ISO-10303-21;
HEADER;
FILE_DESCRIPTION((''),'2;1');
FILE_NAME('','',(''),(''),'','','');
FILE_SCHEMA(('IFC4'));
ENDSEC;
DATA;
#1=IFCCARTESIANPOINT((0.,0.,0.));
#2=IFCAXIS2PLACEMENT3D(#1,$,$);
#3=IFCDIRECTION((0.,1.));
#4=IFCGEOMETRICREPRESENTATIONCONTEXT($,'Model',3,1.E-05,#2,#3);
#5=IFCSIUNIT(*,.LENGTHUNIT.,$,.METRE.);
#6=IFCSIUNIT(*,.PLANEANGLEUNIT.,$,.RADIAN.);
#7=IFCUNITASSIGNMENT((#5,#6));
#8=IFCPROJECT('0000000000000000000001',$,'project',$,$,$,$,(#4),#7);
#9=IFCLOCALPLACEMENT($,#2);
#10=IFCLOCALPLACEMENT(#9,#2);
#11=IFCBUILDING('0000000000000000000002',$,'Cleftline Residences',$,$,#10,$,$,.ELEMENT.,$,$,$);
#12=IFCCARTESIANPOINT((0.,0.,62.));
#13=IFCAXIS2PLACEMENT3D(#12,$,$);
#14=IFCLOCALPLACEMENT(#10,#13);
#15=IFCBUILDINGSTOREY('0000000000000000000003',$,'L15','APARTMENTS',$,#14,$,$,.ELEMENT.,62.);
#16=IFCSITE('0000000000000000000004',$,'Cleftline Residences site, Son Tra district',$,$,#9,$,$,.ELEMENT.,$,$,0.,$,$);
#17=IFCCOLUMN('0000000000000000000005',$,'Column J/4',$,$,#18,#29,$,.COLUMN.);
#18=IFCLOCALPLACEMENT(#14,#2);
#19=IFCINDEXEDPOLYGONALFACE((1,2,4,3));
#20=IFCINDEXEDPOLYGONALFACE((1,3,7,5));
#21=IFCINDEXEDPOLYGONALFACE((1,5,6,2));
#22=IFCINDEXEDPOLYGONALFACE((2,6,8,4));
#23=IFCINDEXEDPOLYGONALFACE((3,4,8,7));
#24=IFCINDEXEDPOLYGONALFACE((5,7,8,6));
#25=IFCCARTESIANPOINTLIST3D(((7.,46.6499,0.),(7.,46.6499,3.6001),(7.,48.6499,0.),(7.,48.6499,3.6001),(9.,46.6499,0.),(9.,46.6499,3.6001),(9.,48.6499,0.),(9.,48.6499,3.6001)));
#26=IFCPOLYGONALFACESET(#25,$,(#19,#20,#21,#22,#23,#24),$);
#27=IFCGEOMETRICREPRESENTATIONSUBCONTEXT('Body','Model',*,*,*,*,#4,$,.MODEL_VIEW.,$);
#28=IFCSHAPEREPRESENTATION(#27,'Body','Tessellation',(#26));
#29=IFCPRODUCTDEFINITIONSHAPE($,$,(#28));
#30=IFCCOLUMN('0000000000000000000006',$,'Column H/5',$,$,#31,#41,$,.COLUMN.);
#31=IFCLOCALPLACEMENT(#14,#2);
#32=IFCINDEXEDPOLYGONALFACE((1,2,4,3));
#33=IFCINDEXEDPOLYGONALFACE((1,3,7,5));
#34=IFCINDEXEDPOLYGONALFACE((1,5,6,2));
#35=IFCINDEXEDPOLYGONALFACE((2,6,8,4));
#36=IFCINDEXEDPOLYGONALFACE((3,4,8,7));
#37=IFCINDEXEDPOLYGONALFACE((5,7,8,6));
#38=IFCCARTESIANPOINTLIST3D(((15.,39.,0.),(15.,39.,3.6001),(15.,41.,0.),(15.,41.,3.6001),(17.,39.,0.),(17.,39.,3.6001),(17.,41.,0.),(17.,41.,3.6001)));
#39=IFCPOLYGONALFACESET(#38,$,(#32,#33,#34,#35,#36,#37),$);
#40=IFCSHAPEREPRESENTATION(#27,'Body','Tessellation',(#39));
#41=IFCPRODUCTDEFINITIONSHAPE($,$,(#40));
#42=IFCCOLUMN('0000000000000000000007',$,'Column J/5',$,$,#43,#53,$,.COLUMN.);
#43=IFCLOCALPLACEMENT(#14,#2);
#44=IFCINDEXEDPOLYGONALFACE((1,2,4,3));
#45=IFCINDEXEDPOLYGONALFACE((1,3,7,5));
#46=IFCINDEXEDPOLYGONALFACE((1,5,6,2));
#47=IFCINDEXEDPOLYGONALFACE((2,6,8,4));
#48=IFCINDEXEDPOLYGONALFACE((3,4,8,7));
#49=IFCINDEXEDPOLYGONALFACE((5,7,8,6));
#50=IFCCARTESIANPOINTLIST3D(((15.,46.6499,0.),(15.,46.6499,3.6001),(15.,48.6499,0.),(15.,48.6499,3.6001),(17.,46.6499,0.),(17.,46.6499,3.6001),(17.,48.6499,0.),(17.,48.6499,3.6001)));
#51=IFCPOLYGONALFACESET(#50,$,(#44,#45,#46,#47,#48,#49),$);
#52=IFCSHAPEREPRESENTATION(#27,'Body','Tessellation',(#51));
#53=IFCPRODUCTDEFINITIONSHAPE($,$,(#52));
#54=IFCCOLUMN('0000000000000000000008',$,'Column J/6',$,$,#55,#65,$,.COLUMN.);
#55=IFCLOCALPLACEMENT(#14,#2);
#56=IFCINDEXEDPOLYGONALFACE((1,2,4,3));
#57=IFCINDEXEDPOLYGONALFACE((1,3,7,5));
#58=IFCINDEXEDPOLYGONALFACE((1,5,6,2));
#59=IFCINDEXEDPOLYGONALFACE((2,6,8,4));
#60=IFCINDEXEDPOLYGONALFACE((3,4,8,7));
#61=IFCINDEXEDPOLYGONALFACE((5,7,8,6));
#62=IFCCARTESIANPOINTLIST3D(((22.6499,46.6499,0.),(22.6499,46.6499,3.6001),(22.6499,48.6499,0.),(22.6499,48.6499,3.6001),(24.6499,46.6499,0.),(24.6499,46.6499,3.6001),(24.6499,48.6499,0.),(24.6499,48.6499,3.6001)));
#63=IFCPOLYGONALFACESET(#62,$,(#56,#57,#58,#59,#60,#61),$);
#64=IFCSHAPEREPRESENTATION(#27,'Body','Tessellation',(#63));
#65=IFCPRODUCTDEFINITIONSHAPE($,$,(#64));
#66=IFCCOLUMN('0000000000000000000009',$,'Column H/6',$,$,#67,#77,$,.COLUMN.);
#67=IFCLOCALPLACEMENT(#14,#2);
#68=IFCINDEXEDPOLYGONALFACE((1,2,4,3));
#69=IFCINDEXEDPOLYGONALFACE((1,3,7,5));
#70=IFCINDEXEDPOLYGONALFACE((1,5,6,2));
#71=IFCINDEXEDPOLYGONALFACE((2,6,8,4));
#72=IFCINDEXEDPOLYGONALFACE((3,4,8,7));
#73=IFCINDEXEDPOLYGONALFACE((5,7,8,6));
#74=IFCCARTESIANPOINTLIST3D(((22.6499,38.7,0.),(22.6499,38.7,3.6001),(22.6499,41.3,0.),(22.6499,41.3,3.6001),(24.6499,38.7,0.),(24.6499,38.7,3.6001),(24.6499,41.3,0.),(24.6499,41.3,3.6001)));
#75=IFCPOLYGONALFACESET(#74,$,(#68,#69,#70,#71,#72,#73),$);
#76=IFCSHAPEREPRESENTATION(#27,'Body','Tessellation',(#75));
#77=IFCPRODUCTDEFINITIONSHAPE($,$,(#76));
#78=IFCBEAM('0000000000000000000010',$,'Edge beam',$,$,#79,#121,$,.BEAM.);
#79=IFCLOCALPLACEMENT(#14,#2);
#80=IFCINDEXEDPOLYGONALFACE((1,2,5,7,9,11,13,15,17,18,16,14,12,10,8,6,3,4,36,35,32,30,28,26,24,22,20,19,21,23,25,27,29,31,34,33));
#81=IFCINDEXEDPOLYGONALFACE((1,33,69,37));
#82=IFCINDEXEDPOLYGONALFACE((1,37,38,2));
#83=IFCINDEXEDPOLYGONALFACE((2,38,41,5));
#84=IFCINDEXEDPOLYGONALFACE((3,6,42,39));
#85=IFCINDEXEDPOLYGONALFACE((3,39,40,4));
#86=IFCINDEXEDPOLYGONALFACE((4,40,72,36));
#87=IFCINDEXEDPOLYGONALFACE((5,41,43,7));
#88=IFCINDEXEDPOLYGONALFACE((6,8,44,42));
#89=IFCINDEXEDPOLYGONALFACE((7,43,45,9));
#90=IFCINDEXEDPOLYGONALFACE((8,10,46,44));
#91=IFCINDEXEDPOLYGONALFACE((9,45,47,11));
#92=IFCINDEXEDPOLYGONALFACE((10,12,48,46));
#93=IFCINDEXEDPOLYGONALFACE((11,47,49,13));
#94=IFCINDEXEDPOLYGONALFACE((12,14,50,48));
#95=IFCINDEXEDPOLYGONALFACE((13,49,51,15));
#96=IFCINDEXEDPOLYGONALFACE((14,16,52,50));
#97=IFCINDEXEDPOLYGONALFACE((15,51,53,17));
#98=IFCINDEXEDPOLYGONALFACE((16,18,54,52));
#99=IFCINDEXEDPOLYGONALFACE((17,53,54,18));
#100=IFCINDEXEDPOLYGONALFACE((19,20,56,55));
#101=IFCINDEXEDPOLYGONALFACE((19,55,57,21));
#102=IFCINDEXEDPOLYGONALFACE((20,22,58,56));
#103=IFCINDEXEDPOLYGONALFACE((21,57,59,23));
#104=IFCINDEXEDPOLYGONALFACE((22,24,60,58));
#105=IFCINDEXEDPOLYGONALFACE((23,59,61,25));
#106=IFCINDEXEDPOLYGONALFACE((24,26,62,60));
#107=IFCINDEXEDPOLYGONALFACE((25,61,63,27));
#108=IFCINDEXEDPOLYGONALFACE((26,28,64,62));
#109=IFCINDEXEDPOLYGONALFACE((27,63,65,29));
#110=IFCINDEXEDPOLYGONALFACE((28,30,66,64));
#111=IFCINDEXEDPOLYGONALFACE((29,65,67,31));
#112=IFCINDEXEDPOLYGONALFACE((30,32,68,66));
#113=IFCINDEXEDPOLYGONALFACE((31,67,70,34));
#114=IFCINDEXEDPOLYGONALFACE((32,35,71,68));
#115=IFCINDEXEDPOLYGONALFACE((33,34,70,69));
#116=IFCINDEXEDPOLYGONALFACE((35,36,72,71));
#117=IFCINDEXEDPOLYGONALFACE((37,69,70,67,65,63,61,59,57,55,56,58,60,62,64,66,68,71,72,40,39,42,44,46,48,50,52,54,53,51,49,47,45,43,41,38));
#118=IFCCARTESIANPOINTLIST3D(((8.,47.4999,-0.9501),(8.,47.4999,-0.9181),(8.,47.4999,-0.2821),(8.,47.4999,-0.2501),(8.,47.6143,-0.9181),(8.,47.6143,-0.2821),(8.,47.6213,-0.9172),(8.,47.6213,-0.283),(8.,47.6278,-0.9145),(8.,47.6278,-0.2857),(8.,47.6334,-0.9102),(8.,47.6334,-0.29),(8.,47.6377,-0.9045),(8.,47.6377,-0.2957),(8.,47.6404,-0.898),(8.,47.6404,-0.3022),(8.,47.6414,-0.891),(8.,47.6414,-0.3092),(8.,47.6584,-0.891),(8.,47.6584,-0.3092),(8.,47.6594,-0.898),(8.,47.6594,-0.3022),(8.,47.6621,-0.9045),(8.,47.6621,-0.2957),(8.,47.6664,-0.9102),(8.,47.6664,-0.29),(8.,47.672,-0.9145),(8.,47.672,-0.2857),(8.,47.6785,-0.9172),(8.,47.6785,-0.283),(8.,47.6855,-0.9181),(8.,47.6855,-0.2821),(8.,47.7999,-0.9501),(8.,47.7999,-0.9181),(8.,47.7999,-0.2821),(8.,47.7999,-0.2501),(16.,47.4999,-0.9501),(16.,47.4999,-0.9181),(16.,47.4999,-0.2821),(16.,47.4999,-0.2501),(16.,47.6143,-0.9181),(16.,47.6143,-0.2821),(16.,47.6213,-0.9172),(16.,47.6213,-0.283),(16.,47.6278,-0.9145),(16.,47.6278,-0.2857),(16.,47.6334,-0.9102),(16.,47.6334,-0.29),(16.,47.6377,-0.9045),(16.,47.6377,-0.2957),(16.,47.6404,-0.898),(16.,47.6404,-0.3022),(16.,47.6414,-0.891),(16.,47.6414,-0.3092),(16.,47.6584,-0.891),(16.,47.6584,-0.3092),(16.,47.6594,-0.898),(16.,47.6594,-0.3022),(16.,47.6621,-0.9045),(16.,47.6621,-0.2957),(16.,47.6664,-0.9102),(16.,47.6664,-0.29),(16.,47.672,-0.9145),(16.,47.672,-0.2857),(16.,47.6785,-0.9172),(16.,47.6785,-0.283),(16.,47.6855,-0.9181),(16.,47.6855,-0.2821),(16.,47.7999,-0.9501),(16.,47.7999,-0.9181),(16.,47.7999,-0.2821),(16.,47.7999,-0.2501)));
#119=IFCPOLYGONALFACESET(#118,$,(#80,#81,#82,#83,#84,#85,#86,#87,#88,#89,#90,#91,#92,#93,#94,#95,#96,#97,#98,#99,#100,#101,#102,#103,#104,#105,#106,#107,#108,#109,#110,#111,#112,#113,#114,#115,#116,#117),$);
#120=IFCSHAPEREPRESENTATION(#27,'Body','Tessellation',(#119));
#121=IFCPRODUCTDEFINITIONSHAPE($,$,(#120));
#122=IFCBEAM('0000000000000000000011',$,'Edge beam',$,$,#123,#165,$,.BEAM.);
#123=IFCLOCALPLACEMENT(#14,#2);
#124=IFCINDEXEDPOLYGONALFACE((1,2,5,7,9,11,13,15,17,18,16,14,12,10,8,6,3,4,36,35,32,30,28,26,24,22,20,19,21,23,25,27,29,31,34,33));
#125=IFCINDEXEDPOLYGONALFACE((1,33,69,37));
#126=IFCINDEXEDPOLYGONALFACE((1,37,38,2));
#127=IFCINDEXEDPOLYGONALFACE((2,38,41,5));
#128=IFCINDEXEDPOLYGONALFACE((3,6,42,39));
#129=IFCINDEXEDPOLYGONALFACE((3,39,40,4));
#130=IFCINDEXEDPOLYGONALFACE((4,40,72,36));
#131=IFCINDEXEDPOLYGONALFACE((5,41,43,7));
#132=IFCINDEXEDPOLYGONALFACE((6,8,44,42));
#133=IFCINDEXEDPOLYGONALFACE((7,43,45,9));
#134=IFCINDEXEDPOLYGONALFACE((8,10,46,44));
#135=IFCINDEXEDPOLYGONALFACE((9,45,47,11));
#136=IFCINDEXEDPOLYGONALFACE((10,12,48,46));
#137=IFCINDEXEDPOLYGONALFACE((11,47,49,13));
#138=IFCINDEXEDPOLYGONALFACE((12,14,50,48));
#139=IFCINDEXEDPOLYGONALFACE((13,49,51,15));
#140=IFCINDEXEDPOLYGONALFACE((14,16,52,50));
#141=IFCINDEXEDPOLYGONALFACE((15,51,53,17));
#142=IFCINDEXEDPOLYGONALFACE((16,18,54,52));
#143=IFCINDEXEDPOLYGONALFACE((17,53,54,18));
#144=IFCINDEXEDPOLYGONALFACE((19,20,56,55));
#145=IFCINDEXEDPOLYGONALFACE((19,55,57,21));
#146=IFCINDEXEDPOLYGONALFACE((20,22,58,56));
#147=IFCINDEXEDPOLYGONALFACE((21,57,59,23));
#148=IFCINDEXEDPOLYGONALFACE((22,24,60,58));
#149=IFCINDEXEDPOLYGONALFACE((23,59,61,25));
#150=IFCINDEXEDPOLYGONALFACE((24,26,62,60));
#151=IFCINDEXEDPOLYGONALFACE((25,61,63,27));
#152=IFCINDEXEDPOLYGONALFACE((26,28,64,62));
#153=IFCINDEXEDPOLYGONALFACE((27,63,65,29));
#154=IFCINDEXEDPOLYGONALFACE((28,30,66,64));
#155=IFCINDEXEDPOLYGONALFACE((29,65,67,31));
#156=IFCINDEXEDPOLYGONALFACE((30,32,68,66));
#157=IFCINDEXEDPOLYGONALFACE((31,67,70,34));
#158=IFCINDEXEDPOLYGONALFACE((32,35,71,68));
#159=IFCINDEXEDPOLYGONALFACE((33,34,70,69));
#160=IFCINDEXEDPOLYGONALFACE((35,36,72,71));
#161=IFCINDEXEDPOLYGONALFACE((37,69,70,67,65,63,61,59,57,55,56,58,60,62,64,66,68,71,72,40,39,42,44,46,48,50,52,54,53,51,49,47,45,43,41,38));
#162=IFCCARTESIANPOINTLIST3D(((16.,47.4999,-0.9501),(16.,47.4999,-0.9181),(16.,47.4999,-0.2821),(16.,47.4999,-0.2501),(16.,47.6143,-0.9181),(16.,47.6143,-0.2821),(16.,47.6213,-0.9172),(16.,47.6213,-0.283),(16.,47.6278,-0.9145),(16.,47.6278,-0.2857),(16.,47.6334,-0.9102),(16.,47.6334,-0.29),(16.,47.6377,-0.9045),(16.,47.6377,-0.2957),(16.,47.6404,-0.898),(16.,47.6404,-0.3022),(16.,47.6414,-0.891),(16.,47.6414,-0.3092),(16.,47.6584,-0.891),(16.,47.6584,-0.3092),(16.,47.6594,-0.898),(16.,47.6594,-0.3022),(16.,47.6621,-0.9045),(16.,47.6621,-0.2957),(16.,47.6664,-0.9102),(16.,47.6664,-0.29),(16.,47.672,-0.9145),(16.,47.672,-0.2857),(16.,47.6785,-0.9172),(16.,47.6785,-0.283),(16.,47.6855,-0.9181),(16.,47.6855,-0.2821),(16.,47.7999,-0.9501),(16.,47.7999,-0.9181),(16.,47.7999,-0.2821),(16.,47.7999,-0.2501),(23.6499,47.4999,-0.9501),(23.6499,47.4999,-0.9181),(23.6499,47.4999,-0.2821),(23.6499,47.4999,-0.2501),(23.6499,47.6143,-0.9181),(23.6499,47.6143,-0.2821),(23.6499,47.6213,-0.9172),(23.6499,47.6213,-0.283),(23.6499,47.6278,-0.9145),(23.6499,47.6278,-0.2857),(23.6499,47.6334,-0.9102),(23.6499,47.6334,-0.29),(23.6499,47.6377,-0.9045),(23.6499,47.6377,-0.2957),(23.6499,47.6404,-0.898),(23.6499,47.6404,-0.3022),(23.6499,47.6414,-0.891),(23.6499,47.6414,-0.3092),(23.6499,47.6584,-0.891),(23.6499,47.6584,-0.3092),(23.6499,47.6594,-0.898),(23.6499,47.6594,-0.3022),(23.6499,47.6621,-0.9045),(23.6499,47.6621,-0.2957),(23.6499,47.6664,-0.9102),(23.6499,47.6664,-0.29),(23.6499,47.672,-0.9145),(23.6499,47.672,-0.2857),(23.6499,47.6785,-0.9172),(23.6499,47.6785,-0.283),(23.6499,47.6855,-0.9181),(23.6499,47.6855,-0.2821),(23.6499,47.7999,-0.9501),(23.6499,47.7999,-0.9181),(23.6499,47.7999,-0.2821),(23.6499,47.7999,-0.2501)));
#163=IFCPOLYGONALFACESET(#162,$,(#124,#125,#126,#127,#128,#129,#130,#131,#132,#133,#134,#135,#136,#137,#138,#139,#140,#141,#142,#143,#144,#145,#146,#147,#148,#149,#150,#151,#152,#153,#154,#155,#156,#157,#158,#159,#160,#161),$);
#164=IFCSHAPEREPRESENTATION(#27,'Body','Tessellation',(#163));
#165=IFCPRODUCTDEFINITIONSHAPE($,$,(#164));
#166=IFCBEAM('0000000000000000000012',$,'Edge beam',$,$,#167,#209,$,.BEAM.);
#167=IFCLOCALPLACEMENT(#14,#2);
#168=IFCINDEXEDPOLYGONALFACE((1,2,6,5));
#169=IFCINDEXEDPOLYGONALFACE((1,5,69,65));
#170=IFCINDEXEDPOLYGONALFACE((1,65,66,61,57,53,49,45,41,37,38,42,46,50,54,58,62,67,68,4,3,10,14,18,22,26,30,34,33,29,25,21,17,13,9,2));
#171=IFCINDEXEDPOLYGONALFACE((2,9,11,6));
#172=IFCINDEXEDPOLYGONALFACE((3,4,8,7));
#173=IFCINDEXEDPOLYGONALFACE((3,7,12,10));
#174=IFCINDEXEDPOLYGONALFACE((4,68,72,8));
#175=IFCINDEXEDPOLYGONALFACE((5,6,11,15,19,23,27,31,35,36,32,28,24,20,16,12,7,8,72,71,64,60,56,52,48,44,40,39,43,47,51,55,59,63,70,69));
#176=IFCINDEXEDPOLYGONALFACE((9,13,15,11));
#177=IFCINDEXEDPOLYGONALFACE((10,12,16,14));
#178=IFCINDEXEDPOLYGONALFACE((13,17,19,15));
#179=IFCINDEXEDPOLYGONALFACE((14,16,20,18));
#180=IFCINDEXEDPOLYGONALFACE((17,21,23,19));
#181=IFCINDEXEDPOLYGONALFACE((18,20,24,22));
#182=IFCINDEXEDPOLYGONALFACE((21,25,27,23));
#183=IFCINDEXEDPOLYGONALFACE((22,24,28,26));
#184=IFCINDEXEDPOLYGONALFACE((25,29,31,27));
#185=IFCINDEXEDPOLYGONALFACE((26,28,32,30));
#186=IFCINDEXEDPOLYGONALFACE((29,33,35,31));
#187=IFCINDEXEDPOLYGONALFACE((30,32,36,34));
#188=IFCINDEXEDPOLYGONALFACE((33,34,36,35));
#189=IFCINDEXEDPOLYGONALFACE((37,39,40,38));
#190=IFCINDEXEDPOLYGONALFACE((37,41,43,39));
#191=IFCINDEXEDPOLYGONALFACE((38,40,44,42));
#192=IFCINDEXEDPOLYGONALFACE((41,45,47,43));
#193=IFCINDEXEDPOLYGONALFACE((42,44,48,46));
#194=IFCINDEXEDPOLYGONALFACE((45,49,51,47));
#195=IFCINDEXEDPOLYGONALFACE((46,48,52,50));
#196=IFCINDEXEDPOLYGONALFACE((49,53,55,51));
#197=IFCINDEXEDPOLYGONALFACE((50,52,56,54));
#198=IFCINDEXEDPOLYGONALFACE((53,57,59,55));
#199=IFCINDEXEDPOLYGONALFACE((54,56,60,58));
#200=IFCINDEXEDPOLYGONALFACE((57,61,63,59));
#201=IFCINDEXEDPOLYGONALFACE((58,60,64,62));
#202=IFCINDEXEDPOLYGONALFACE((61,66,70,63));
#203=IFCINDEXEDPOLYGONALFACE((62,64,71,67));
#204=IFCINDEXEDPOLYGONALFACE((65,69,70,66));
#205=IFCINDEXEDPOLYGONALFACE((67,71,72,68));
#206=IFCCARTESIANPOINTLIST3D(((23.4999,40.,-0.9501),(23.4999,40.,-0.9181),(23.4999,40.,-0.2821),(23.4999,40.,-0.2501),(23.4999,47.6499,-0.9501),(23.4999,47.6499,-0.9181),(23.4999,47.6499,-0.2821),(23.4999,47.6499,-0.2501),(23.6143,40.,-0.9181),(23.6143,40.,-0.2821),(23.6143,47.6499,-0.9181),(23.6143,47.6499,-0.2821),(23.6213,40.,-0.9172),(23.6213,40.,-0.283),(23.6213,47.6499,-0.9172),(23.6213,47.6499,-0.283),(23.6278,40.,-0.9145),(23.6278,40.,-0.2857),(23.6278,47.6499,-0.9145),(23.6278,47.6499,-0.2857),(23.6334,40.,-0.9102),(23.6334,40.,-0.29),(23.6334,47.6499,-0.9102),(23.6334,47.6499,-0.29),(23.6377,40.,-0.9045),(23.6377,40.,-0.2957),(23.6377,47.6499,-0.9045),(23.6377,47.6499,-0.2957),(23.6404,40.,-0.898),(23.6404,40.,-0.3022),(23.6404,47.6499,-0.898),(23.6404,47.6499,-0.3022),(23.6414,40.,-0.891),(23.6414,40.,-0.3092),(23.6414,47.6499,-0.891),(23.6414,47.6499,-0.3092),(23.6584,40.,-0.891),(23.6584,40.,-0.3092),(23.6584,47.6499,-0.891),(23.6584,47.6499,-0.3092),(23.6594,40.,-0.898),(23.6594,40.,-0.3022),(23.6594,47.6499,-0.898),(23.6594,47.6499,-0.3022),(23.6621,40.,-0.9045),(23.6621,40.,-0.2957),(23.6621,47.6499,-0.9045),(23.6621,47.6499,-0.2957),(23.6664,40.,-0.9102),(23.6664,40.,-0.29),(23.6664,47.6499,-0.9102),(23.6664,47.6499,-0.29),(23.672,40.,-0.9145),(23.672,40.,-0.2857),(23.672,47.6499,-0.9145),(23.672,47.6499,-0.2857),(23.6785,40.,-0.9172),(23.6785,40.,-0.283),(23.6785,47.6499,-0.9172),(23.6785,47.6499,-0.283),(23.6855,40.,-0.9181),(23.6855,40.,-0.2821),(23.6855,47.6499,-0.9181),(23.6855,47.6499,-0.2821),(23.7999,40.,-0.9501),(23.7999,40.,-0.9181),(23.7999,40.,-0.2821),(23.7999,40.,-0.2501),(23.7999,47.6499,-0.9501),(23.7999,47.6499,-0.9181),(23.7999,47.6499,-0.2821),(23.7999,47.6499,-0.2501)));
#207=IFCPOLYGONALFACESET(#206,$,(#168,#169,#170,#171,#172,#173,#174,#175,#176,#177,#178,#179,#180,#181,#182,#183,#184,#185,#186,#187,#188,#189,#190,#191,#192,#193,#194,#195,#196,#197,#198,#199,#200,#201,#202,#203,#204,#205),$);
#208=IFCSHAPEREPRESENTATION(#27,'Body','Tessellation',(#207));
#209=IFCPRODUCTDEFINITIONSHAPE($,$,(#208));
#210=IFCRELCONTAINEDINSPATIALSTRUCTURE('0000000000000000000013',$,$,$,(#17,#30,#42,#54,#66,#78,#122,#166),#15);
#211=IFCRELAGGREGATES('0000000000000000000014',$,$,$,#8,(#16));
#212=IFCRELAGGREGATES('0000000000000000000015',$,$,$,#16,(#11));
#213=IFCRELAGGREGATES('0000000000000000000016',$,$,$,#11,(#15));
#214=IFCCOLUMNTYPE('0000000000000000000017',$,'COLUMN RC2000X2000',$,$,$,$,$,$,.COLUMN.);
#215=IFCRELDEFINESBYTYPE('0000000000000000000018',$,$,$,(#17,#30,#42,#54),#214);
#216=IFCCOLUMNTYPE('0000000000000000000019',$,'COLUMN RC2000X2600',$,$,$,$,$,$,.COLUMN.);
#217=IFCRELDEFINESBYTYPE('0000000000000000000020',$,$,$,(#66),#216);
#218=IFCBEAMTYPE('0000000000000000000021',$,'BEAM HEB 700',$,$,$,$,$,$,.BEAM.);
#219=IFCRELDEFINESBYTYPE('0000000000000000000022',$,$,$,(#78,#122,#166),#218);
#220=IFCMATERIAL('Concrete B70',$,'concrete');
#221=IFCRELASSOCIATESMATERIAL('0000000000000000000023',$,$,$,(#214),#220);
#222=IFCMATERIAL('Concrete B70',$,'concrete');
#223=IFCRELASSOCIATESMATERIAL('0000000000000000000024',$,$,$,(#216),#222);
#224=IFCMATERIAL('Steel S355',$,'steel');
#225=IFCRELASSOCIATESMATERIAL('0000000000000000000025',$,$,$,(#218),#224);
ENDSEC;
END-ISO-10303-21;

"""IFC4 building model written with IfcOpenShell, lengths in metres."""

from ifc_helpers import new_model, si_unit, direction, frame, origin, origin_2d, place, context, subcontext, project, spatial, rectangle, i_section, extrude, material, material_profile, profile_set, type_object, element, save


model = new_model("IFC4")

# Units and contexts
model_context = context("Model", 3, precision=1e-05, world=origin(), true_north=direction((0.0, 1.0)))
body_context = subcontext(model_context, "Body", "Model", "MODEL_VIEW")
ifc_project = project(units=[si_unit("LENGTHUNIT", "METRE"), si_unit("PLANEANGLEUNIT", "RADIAN")], contexts=[model_context])

# Site, building, storey
site_placement = place(None, origin())
site = spatial("IfcSite", under=ifc_project, at=site_placement, Name="Cleftline Residences site, Son Tra district", CompositionType="ELEMENT", RefElevation=0.0)
building_placement = place(site_placement, origin())
building = spatial("IfcBuilding", under=site, at=building_placement, Name="Cleftline Residences", CompositionType="ELEMENT")
storey_placement = place(building_placement, frame((0.0, 0.0, 62.0)))
storey = spatial("IfcBuildingStorey", under=building, at=storey_placement, Name="L15", Description="APARTMENTS", CompositionType="ELEMENT", Elevation=62.0)

# Columns
ifc_material_1 = material(Name="Concrete B70", Category="concrete")
ifc_material_profile_1 = material_profile(ifc_material_1, rectangle(XDim=2.0, YDim=2.0, at=origin_2d()))
ifc_profile_set_1 = profile_set([ifc_material_profile_1], Name="Concrete B70")
column_type_1 = type_object("IfcColumnType", Name="COLUMN RC2000X2000", PredefinedType="COLUMN", material=ifc_profile_set_1)
for number, where, z_axis, x_axis, name in (
    (1, (8.0, 47.6499, 0.0), (0.0, 0.0, 1.0), (1.0, 0.0, 0.0), "Column J/4"),
    (2, (16.0, 40.0, 0.0), (0.0, 0.0, 1.0), (1.0, 0.0, 0.0), "Column H/5"),
    (3, (16.0, 47.6499, 0.0), (0.0, 0.0, 1.0), (1.0, 0.0, 0.0), "Column J/5"),
    (4, (23.6499, 47.6499, 0.0), (0.0, 0.0, 1.0), (1.0, 0.0, 0.0), "Column J/6"),
):
    element("IfcColumn", number, at=place(storey_placement, frame(where, z_axis=z_axis, x_axis=x_axis)), inside=storey, type_object=column_type_1, Name=name, PredefinedType="COLUMN", context=body_context, shape_type="SweptSolid", body=[
        extrude(rectangle(XDim=2.0, YDim=2.0, at=origin_2d()), origin(), (0.0, 0.0, 1.0), 3.6001),
    ])
ifc_material_2 = material(Name="Concrete B70", Category="concrete")
ifc_material_profile_2 = material_profile(ifc_material_2, rectangle(XDim=2.0, YDim=2.6001, at=origin_2d()))
ifc_profile_set_2 = profile_set([ifc_material_profile_2], Name="Concrete B70")
column_type_2 = type_object("IfcColumnType", Name="COLUMN RC2000X2600", PredefinedType="COLUMN", material=ifc_profile_set_2)
column_placement = place(storey_placement, frame((23.6499, 40.0, 0.0), z_axis=(0.0, 0.0, 1.0), x_axis=(1.0, 0.0, 0.0)))
element("IfcColumn", 5, at=column_placement, inside=storey, type_object=column_type_2, Name="Column H/6", PredefinedType="COLUMN", context=body_context, shape_type="SweptSolid", body=[
    extrude(rectangle(XDim=2.0, YDim=2.6001, at=origin_2d()), origin(), (0.0, 0.0, 1.0), 3.6001),
])

# Beams
ifc_material_3 = material(Name="Steel S355", Category="steel")
ifc_material_profile_3 = material_profile(ifc_material_3, i_section(OverallWidth=0.3, OverallDepth=0.7, WebThickness=0.0171, FlangeThickness=0.032, FilletRadius=0.0271, at=origin_2d()))
ifc_profile_set_3 = profile_set([ifc_material_profile_3], Name="Steel S355")
beam_type = type_object("IfcBeamType", Name="BEAM HEB 700", PredefinedType="BEAM", material=ifc_profile_set_3)
beam_placement = place(storey_placement, frame((8.0, 47.6499, -0.6001), z_axis=(1.0, 0.0, 0.0), x_axis=(0.0, 1.0, 0.0)))
element("IfcBeam", 6, at=beam_placement, inside=storey, type_object=beam_type, Name="Edge beam", PredefinedType="BEAM", context=body_context, shape_type="SweptSolid", body=[
    extrude(i_section(OverallWidth=0.3, OverallDepth=0.7, WebThickness=0.0171, FlangeThickness=0.032, FilletRadius=0.0271, at=origin_2d()), origin(), (0.0, 0.0, 1.0), 8.0),
])
for number, where, z_axis, x_axis, name in (
    (7, (16.0, 47.6499, -0.6001), (1.0, 0.0, 0.0), (0.0, 1.0, 0.0), "Edge beam"),
    (8, (23.6499, 47.6499, -0.6001), (0.0, -1.0, 0.0), (1.0, 0.0, 0.0), "Edge beam"),
):
    element("IfcBeam", number, at=place(storey_placement, frame(where, z_axis=z_axis, x_axis=x_axis)), inside=storey, type_object=beam_type, Name=name, PredefinedType="BEAM", context=body_context, shape_type="SweptSolid", body=[
        extrude(i_section(OverallWidth=0.3, OverallDepth=0.7, WebThickness=0.0171, FlangeThickness=0.032, FilletRadius=0.0271, at=origin_2d()), origin(), (0.0, 0.0, 1.0), 7.6499),
    ])

save(model, "model.ifc")
